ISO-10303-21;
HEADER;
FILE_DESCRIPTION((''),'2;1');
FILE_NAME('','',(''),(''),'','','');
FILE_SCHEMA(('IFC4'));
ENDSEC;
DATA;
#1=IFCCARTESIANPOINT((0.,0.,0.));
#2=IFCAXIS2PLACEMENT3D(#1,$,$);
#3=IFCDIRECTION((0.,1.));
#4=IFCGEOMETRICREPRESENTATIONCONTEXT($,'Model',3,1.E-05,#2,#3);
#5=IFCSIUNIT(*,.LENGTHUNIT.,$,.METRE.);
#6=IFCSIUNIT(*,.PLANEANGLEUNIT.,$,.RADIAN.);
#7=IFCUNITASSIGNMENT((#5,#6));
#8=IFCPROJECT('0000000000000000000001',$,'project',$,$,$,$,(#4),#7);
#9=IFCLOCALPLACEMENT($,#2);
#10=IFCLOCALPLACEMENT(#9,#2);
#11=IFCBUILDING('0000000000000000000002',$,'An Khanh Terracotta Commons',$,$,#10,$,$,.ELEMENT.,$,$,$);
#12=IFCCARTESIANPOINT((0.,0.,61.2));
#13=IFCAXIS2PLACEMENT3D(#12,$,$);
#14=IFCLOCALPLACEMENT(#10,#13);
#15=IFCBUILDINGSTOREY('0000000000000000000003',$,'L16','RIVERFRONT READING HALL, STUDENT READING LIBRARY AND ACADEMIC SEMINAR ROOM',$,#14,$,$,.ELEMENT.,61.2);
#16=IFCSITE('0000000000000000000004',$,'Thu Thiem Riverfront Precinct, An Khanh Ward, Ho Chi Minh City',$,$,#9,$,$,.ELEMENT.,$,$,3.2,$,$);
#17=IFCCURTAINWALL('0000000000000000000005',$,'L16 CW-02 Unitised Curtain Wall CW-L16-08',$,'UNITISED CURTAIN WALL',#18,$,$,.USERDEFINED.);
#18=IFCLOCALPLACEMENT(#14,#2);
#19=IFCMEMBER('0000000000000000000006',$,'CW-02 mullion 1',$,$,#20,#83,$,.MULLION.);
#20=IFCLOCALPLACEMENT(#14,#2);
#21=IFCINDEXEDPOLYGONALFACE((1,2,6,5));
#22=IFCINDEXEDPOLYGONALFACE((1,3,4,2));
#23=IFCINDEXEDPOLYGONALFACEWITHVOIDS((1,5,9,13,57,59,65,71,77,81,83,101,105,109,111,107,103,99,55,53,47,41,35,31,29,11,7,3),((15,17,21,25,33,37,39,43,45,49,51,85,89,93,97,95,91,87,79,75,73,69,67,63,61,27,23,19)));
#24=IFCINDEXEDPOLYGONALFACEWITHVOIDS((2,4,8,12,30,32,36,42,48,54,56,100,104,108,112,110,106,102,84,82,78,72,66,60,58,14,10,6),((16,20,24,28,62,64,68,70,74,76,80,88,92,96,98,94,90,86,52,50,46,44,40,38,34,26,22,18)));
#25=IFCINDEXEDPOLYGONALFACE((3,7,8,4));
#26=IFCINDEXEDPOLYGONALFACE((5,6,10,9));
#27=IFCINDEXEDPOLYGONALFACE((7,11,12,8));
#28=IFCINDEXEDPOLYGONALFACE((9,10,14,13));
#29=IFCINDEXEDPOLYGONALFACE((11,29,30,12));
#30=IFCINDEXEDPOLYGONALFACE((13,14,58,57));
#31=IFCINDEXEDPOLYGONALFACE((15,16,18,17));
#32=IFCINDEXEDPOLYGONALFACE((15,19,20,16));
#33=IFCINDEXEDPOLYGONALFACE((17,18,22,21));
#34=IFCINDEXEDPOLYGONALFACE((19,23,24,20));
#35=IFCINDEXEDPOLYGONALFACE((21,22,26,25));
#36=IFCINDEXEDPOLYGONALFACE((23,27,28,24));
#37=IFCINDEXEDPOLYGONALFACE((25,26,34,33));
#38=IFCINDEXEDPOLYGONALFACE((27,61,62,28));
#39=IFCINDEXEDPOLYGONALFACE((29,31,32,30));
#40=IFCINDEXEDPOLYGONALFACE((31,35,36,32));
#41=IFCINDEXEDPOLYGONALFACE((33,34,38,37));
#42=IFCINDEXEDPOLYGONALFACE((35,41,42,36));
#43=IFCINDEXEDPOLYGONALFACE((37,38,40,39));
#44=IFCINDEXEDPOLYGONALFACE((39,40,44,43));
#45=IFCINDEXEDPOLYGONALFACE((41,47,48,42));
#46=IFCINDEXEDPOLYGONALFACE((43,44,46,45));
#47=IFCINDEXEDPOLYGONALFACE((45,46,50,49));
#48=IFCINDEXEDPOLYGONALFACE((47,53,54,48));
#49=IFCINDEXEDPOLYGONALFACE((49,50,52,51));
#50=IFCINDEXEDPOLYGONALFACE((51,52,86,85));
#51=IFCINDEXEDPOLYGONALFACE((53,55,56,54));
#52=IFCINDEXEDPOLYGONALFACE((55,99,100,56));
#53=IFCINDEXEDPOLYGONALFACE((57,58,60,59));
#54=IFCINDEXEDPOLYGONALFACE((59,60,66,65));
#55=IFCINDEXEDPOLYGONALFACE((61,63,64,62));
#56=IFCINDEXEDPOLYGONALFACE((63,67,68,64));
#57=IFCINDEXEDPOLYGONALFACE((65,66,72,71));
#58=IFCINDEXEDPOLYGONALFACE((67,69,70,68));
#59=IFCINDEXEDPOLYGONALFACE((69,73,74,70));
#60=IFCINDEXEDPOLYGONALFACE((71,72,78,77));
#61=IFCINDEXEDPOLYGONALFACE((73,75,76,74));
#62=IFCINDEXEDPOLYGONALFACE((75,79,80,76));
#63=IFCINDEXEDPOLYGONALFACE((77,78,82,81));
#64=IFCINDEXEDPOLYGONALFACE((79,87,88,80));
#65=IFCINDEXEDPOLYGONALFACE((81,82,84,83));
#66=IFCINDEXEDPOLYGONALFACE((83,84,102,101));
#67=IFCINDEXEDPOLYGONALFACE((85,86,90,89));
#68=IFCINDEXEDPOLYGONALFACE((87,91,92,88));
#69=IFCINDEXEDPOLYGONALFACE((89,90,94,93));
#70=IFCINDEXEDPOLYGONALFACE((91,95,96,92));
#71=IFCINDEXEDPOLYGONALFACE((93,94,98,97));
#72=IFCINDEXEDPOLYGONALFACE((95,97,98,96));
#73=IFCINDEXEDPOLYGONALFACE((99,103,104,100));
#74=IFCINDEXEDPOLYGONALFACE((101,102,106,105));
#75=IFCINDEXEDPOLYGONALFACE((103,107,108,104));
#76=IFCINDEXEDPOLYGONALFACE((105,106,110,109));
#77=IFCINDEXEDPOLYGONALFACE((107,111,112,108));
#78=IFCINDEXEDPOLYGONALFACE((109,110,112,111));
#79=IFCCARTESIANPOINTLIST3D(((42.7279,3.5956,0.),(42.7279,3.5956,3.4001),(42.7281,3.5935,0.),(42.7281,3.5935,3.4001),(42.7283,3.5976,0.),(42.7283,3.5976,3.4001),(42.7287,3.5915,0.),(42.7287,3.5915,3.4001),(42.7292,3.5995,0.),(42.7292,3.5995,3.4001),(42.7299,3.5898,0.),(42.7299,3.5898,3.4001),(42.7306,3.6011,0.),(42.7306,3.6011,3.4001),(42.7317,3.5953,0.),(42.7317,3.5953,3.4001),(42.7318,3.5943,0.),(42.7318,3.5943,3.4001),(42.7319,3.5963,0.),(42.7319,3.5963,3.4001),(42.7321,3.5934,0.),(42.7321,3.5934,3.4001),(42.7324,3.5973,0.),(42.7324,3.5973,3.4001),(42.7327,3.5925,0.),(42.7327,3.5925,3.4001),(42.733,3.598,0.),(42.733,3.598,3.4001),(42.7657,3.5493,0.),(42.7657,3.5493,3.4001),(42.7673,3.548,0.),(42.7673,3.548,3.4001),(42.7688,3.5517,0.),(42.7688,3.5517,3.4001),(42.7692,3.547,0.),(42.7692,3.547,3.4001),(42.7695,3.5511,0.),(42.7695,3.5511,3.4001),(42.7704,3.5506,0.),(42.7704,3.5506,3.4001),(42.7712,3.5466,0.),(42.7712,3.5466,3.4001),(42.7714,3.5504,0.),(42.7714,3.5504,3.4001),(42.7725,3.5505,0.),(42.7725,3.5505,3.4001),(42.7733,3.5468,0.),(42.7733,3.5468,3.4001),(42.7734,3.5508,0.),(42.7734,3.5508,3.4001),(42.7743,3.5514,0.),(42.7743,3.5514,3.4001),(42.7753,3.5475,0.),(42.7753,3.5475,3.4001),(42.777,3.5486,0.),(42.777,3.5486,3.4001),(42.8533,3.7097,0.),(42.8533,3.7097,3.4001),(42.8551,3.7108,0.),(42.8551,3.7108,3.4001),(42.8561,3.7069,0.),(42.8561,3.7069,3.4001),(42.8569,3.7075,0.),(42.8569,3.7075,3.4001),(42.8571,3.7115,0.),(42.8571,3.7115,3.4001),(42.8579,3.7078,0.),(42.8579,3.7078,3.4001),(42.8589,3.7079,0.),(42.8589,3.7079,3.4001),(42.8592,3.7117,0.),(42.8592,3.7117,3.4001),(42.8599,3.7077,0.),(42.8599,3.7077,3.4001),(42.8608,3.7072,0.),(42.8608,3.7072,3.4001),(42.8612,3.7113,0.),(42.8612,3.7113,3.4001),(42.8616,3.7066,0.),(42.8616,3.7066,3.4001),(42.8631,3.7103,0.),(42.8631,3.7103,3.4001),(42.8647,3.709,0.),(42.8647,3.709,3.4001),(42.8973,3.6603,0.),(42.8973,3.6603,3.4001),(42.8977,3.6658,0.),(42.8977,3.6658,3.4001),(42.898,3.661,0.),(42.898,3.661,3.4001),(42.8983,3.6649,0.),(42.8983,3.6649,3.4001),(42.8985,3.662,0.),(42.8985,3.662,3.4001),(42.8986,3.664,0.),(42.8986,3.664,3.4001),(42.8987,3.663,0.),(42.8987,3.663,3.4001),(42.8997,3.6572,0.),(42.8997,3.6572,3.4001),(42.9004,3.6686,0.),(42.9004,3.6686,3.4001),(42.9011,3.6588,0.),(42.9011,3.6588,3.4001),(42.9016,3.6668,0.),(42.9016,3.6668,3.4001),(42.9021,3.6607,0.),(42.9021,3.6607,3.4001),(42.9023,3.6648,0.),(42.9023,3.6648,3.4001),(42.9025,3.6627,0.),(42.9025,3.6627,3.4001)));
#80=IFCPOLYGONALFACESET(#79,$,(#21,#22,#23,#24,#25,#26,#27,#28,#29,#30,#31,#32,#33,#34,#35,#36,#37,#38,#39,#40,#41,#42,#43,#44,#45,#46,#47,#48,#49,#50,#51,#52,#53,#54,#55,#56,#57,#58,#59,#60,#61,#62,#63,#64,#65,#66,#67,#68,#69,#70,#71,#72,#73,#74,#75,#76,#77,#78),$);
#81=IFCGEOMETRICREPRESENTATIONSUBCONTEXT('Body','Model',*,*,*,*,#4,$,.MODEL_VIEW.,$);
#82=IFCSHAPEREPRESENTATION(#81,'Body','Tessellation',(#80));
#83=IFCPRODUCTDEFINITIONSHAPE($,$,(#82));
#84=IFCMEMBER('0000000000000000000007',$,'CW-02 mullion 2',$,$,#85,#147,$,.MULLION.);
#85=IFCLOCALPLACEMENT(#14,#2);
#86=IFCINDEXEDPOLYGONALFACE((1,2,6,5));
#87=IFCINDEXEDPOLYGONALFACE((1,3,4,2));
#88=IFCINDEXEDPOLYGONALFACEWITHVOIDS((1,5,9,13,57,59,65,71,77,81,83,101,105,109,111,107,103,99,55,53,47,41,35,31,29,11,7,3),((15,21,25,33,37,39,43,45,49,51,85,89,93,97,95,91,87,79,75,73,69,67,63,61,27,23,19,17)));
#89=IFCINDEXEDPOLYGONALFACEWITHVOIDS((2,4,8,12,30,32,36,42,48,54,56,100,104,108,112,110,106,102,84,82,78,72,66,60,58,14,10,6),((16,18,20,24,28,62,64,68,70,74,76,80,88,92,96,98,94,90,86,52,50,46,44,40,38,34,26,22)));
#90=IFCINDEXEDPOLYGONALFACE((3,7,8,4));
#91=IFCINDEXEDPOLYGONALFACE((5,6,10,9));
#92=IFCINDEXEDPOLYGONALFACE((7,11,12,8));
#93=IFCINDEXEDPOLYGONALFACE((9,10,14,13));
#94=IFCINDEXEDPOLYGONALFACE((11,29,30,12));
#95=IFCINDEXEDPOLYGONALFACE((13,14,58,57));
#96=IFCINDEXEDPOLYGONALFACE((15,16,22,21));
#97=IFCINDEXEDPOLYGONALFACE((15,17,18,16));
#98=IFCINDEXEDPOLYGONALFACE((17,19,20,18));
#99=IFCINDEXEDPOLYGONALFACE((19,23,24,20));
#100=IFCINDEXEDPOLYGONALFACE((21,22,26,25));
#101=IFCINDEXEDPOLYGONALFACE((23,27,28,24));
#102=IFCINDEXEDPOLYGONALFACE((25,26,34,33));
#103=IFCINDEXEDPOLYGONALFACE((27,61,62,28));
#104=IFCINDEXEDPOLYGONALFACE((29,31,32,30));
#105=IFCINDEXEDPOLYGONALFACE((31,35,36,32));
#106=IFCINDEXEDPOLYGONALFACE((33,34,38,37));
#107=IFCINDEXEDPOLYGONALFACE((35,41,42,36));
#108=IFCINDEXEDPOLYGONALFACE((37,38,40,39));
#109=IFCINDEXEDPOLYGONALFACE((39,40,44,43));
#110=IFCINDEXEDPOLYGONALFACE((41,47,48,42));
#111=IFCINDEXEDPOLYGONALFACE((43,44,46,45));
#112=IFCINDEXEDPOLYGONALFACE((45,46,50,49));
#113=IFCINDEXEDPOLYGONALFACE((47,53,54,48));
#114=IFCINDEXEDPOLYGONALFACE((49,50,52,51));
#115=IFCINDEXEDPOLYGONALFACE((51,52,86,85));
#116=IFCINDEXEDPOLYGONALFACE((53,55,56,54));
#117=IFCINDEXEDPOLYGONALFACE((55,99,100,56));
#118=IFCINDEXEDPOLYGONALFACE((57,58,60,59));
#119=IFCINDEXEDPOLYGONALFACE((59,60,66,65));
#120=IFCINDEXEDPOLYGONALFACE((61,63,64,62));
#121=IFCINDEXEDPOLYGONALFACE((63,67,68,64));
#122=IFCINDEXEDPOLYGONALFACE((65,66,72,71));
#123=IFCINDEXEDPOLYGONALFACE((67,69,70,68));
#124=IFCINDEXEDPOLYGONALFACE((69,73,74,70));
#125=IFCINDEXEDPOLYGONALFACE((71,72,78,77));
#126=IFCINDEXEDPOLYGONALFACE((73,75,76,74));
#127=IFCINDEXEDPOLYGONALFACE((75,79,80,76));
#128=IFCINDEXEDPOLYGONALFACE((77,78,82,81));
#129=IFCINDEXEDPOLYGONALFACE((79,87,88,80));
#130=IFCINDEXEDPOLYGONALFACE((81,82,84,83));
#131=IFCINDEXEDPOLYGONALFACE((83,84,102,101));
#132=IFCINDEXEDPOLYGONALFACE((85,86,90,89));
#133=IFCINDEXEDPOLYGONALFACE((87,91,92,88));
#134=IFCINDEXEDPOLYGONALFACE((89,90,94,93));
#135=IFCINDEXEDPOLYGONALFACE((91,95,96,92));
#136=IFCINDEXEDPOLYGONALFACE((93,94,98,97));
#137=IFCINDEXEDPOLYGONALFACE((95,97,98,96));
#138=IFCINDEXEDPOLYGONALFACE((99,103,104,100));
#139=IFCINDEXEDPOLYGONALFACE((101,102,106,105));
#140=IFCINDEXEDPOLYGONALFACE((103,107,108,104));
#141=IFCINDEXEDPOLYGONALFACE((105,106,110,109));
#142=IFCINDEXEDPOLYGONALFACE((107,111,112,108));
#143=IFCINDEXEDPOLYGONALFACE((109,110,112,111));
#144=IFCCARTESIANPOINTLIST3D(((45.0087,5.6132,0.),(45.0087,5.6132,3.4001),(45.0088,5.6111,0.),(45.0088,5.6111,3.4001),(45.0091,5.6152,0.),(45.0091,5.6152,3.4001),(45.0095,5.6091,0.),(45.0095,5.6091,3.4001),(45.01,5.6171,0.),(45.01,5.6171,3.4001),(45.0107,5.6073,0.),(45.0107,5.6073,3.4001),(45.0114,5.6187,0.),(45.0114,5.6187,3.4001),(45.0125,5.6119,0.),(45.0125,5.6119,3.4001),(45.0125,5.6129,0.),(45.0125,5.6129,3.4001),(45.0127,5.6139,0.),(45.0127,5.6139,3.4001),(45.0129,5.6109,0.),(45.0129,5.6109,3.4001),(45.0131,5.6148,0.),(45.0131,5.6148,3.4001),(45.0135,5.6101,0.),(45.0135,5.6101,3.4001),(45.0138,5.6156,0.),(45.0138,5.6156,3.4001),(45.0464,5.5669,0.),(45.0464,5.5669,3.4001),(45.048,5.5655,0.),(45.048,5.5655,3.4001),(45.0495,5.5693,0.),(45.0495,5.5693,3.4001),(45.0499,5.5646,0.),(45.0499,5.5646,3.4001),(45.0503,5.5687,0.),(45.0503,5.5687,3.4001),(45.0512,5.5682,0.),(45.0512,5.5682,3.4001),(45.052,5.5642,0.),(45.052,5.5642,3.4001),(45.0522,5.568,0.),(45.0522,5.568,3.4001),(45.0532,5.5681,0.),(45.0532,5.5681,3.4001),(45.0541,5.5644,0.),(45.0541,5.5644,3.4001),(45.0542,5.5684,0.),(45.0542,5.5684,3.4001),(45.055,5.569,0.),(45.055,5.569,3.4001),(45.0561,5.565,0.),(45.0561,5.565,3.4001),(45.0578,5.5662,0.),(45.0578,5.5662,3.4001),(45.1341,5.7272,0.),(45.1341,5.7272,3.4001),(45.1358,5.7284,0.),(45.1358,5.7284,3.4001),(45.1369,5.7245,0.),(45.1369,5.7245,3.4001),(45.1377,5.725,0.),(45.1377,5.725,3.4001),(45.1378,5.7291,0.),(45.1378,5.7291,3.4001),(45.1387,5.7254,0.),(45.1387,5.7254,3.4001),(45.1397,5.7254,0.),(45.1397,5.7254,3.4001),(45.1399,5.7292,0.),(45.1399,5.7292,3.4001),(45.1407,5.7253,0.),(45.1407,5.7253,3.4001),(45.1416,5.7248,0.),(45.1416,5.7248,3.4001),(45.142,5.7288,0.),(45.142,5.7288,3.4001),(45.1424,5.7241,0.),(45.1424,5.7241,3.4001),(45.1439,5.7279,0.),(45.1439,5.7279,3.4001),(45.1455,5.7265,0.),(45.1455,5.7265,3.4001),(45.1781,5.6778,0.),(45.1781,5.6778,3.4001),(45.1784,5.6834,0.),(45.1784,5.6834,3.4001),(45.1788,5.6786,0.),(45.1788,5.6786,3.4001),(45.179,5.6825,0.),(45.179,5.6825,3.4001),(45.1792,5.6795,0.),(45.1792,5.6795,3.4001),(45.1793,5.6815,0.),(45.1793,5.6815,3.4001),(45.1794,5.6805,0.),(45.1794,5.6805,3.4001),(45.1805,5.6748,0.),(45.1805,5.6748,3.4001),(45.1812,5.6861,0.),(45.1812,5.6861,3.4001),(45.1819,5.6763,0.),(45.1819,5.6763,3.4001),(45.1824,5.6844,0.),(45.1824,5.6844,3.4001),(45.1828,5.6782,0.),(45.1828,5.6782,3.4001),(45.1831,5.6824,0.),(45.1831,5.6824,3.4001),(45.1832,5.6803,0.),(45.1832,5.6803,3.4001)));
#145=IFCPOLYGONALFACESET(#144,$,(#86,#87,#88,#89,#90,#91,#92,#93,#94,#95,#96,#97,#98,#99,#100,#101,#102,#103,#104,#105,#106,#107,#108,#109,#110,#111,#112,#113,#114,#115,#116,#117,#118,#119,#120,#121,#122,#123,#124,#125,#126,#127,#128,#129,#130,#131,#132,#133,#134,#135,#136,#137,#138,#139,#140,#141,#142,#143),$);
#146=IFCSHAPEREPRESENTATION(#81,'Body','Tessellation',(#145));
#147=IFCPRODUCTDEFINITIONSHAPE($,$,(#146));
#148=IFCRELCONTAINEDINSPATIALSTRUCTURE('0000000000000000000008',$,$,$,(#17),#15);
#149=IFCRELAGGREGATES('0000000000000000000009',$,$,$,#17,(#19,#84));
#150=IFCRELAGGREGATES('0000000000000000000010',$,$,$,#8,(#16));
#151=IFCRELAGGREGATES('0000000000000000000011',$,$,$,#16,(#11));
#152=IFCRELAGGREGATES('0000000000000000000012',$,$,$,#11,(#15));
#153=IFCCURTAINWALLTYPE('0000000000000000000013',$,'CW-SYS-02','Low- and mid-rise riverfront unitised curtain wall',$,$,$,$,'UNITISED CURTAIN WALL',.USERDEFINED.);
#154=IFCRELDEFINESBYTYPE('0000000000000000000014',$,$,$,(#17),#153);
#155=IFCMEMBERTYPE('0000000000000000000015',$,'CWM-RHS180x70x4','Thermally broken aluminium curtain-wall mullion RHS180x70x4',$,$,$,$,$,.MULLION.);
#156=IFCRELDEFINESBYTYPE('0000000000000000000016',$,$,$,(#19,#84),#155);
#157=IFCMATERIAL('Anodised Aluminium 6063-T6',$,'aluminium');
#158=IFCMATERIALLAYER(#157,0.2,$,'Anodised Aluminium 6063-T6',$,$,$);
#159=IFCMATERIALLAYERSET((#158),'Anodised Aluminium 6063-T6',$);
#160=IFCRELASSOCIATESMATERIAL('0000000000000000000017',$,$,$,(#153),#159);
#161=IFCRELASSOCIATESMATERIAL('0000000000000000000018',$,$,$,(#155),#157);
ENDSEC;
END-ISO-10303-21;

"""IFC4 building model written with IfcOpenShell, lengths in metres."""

from ifc_helpers import new_model, si_unit, direction, frame, origin, origin_2d, place, context, subcontext, project, spatial, hollow_rectangle, extrude, material, layer, layer_set, material_profile, profile_set, type_object, element, aggregate, save


model = new_model("IFC4")

# Units and contexts
model_context = context("Model", 3, precision=1e-05, world=origin(), true_north=direction((0.0, 1.0)))
body_context = subcontext(model_context, "Body", "Model", "MODEL_VIEW")
ifc_project = project(units=[si_unit("LENGTHUNIT", "METRE"), si_unit("PLANEANGLEUNIT", "RADIAN")], contexts=[model_context])

# Site, building, storey
site_placement = place(None, origin())
site = spatial("IfcSite", under=ifc_project, at=site_placement, Name="Thu Thiem Riverfront Precinct, An Khanh Ward, Ho Chi Minh City", CompositionType="ELEMENT", RefElevation=3.2)
building_placement = place(site_placement, origin())
building = spatial("IfcBuilding", under=site, at=building_placement, Name="An Khanh Terracotta Commons", CompositionType="ELEMENT")
storey_placement = place(building_placement, frame((0.0, 0.0, 61.2)))
storey = spatial("IfcBuildingStorey", under=building, at=storey_placement, Name="L16", Description="RIVERFRONT READING HALL, STUDENT READING LIBRARY AND ACADEMIC SEMINAR ROOM", CompositionType="ELEMENT", Elevation=61.2)

# Curtain wall, members
ifc_material_1 = material(Name="Anodised Aluminium 6063-T6", Category="aluminium")
ifc_layer_1 = layer(ifc_material_1, 0.2, Name="Anodised Aluminium 6063-T6")
ifc_layer_set_1 = layer_set([ifc_layer_1], Name="Anodised Aluminium 6063-T6")
curtain_wall_type = type_object("IfcCurtainWallType", Name="CW-SYS-02", Description="Low- and mid-rise riverfront unitised curtain wall", ElementType="UNITISED CURTAIN WALL", PredefinedType="USERDEFINED", material=ifc_layer_set_1)
curtain_wall_1_placement = place(storey_placement, origin())
curtain_wall_1 = element("IfcCurtainWall", 1, at=curtain_wall_1_placement, inside=storey, type_object=curtain_wall_type, Name="L16 CW-02 Unitised Curtain Wall CW-L16-08", ObjectType="UNITISED CURTAIN WALL", PredefinedType="USERDEFINED")
ifc_material_profile_1 = material_profile(ifc_material_1, hollow_rectangle(XDim=0.0701, YDim=0.1799, WallThickness=0.0039, InnerFilletRadius=0.0039, OuterFilletRadius=0.0081, at=origin_2d()), Name="RHS180x70x4")
ifc_profile_set_1 = profile_set([ifc_material_profile_1], Name="Anodised Aluminium 6063-T6")
member_type_1 = type_object("IfcMemberType", Name="CWM-RHS180x70x4", Description="Thermally broken aluminium curtain-wall mullion RHS180x70x4", PredefinedType="MULLION", material=ifc_profile_set_1)
member_1_placement = place(storey_placement, frame((42.8152, 3.6292, 0.0), z_axis=(0.0, 0.0, 1.0), x_axis=(-0.662548, 0.749019, 0.0)))
member_1 = element("IfcMember", 2, at=member_1_placement, type_object=member_type_1, Name="CW-02 mullion 1", PredefinedType="MULLION", context=body_context, shape_type="SweptSolid", body=[
    extrude(hollow_rectangle(XDim=0.0701, YDim=0.1799, WallThickness=0.0039, InnerFilletRadius=0.0039, OuterFilletRadius=0.0081, at=origin_2d()), origin(), (0.0, 0.0, 1.0), 3.4001),
])
member_2_placement = place(storey_placement, frame((45.0959, 5.6467, 0.0), z_axis=(0.0, 0.0, 1.0), x_axis=(-0.662548, 0.749019, 0.0)))
member_2 = element("IfcMember", 3, at=member_2_placement, type_object=member_type_1, Name="CW-02 mullion 2", PredefinedType="MULLION", context=body_context, shape_type="SweptSolid", body=[
    extrude(hollow_rectangle(XDim=0.0701, YDim=0.1799, WallThickness=0.0039, InnerFilletRadius=0.0039, OuterFilletRadius=0.0081, at=origin_2d()), origin(), (0.0, 0.0, 1.0), 3.4001),
])

aggregate(curtain_wall_1, [member_1, member_2])

save(model, "model.ifc")
